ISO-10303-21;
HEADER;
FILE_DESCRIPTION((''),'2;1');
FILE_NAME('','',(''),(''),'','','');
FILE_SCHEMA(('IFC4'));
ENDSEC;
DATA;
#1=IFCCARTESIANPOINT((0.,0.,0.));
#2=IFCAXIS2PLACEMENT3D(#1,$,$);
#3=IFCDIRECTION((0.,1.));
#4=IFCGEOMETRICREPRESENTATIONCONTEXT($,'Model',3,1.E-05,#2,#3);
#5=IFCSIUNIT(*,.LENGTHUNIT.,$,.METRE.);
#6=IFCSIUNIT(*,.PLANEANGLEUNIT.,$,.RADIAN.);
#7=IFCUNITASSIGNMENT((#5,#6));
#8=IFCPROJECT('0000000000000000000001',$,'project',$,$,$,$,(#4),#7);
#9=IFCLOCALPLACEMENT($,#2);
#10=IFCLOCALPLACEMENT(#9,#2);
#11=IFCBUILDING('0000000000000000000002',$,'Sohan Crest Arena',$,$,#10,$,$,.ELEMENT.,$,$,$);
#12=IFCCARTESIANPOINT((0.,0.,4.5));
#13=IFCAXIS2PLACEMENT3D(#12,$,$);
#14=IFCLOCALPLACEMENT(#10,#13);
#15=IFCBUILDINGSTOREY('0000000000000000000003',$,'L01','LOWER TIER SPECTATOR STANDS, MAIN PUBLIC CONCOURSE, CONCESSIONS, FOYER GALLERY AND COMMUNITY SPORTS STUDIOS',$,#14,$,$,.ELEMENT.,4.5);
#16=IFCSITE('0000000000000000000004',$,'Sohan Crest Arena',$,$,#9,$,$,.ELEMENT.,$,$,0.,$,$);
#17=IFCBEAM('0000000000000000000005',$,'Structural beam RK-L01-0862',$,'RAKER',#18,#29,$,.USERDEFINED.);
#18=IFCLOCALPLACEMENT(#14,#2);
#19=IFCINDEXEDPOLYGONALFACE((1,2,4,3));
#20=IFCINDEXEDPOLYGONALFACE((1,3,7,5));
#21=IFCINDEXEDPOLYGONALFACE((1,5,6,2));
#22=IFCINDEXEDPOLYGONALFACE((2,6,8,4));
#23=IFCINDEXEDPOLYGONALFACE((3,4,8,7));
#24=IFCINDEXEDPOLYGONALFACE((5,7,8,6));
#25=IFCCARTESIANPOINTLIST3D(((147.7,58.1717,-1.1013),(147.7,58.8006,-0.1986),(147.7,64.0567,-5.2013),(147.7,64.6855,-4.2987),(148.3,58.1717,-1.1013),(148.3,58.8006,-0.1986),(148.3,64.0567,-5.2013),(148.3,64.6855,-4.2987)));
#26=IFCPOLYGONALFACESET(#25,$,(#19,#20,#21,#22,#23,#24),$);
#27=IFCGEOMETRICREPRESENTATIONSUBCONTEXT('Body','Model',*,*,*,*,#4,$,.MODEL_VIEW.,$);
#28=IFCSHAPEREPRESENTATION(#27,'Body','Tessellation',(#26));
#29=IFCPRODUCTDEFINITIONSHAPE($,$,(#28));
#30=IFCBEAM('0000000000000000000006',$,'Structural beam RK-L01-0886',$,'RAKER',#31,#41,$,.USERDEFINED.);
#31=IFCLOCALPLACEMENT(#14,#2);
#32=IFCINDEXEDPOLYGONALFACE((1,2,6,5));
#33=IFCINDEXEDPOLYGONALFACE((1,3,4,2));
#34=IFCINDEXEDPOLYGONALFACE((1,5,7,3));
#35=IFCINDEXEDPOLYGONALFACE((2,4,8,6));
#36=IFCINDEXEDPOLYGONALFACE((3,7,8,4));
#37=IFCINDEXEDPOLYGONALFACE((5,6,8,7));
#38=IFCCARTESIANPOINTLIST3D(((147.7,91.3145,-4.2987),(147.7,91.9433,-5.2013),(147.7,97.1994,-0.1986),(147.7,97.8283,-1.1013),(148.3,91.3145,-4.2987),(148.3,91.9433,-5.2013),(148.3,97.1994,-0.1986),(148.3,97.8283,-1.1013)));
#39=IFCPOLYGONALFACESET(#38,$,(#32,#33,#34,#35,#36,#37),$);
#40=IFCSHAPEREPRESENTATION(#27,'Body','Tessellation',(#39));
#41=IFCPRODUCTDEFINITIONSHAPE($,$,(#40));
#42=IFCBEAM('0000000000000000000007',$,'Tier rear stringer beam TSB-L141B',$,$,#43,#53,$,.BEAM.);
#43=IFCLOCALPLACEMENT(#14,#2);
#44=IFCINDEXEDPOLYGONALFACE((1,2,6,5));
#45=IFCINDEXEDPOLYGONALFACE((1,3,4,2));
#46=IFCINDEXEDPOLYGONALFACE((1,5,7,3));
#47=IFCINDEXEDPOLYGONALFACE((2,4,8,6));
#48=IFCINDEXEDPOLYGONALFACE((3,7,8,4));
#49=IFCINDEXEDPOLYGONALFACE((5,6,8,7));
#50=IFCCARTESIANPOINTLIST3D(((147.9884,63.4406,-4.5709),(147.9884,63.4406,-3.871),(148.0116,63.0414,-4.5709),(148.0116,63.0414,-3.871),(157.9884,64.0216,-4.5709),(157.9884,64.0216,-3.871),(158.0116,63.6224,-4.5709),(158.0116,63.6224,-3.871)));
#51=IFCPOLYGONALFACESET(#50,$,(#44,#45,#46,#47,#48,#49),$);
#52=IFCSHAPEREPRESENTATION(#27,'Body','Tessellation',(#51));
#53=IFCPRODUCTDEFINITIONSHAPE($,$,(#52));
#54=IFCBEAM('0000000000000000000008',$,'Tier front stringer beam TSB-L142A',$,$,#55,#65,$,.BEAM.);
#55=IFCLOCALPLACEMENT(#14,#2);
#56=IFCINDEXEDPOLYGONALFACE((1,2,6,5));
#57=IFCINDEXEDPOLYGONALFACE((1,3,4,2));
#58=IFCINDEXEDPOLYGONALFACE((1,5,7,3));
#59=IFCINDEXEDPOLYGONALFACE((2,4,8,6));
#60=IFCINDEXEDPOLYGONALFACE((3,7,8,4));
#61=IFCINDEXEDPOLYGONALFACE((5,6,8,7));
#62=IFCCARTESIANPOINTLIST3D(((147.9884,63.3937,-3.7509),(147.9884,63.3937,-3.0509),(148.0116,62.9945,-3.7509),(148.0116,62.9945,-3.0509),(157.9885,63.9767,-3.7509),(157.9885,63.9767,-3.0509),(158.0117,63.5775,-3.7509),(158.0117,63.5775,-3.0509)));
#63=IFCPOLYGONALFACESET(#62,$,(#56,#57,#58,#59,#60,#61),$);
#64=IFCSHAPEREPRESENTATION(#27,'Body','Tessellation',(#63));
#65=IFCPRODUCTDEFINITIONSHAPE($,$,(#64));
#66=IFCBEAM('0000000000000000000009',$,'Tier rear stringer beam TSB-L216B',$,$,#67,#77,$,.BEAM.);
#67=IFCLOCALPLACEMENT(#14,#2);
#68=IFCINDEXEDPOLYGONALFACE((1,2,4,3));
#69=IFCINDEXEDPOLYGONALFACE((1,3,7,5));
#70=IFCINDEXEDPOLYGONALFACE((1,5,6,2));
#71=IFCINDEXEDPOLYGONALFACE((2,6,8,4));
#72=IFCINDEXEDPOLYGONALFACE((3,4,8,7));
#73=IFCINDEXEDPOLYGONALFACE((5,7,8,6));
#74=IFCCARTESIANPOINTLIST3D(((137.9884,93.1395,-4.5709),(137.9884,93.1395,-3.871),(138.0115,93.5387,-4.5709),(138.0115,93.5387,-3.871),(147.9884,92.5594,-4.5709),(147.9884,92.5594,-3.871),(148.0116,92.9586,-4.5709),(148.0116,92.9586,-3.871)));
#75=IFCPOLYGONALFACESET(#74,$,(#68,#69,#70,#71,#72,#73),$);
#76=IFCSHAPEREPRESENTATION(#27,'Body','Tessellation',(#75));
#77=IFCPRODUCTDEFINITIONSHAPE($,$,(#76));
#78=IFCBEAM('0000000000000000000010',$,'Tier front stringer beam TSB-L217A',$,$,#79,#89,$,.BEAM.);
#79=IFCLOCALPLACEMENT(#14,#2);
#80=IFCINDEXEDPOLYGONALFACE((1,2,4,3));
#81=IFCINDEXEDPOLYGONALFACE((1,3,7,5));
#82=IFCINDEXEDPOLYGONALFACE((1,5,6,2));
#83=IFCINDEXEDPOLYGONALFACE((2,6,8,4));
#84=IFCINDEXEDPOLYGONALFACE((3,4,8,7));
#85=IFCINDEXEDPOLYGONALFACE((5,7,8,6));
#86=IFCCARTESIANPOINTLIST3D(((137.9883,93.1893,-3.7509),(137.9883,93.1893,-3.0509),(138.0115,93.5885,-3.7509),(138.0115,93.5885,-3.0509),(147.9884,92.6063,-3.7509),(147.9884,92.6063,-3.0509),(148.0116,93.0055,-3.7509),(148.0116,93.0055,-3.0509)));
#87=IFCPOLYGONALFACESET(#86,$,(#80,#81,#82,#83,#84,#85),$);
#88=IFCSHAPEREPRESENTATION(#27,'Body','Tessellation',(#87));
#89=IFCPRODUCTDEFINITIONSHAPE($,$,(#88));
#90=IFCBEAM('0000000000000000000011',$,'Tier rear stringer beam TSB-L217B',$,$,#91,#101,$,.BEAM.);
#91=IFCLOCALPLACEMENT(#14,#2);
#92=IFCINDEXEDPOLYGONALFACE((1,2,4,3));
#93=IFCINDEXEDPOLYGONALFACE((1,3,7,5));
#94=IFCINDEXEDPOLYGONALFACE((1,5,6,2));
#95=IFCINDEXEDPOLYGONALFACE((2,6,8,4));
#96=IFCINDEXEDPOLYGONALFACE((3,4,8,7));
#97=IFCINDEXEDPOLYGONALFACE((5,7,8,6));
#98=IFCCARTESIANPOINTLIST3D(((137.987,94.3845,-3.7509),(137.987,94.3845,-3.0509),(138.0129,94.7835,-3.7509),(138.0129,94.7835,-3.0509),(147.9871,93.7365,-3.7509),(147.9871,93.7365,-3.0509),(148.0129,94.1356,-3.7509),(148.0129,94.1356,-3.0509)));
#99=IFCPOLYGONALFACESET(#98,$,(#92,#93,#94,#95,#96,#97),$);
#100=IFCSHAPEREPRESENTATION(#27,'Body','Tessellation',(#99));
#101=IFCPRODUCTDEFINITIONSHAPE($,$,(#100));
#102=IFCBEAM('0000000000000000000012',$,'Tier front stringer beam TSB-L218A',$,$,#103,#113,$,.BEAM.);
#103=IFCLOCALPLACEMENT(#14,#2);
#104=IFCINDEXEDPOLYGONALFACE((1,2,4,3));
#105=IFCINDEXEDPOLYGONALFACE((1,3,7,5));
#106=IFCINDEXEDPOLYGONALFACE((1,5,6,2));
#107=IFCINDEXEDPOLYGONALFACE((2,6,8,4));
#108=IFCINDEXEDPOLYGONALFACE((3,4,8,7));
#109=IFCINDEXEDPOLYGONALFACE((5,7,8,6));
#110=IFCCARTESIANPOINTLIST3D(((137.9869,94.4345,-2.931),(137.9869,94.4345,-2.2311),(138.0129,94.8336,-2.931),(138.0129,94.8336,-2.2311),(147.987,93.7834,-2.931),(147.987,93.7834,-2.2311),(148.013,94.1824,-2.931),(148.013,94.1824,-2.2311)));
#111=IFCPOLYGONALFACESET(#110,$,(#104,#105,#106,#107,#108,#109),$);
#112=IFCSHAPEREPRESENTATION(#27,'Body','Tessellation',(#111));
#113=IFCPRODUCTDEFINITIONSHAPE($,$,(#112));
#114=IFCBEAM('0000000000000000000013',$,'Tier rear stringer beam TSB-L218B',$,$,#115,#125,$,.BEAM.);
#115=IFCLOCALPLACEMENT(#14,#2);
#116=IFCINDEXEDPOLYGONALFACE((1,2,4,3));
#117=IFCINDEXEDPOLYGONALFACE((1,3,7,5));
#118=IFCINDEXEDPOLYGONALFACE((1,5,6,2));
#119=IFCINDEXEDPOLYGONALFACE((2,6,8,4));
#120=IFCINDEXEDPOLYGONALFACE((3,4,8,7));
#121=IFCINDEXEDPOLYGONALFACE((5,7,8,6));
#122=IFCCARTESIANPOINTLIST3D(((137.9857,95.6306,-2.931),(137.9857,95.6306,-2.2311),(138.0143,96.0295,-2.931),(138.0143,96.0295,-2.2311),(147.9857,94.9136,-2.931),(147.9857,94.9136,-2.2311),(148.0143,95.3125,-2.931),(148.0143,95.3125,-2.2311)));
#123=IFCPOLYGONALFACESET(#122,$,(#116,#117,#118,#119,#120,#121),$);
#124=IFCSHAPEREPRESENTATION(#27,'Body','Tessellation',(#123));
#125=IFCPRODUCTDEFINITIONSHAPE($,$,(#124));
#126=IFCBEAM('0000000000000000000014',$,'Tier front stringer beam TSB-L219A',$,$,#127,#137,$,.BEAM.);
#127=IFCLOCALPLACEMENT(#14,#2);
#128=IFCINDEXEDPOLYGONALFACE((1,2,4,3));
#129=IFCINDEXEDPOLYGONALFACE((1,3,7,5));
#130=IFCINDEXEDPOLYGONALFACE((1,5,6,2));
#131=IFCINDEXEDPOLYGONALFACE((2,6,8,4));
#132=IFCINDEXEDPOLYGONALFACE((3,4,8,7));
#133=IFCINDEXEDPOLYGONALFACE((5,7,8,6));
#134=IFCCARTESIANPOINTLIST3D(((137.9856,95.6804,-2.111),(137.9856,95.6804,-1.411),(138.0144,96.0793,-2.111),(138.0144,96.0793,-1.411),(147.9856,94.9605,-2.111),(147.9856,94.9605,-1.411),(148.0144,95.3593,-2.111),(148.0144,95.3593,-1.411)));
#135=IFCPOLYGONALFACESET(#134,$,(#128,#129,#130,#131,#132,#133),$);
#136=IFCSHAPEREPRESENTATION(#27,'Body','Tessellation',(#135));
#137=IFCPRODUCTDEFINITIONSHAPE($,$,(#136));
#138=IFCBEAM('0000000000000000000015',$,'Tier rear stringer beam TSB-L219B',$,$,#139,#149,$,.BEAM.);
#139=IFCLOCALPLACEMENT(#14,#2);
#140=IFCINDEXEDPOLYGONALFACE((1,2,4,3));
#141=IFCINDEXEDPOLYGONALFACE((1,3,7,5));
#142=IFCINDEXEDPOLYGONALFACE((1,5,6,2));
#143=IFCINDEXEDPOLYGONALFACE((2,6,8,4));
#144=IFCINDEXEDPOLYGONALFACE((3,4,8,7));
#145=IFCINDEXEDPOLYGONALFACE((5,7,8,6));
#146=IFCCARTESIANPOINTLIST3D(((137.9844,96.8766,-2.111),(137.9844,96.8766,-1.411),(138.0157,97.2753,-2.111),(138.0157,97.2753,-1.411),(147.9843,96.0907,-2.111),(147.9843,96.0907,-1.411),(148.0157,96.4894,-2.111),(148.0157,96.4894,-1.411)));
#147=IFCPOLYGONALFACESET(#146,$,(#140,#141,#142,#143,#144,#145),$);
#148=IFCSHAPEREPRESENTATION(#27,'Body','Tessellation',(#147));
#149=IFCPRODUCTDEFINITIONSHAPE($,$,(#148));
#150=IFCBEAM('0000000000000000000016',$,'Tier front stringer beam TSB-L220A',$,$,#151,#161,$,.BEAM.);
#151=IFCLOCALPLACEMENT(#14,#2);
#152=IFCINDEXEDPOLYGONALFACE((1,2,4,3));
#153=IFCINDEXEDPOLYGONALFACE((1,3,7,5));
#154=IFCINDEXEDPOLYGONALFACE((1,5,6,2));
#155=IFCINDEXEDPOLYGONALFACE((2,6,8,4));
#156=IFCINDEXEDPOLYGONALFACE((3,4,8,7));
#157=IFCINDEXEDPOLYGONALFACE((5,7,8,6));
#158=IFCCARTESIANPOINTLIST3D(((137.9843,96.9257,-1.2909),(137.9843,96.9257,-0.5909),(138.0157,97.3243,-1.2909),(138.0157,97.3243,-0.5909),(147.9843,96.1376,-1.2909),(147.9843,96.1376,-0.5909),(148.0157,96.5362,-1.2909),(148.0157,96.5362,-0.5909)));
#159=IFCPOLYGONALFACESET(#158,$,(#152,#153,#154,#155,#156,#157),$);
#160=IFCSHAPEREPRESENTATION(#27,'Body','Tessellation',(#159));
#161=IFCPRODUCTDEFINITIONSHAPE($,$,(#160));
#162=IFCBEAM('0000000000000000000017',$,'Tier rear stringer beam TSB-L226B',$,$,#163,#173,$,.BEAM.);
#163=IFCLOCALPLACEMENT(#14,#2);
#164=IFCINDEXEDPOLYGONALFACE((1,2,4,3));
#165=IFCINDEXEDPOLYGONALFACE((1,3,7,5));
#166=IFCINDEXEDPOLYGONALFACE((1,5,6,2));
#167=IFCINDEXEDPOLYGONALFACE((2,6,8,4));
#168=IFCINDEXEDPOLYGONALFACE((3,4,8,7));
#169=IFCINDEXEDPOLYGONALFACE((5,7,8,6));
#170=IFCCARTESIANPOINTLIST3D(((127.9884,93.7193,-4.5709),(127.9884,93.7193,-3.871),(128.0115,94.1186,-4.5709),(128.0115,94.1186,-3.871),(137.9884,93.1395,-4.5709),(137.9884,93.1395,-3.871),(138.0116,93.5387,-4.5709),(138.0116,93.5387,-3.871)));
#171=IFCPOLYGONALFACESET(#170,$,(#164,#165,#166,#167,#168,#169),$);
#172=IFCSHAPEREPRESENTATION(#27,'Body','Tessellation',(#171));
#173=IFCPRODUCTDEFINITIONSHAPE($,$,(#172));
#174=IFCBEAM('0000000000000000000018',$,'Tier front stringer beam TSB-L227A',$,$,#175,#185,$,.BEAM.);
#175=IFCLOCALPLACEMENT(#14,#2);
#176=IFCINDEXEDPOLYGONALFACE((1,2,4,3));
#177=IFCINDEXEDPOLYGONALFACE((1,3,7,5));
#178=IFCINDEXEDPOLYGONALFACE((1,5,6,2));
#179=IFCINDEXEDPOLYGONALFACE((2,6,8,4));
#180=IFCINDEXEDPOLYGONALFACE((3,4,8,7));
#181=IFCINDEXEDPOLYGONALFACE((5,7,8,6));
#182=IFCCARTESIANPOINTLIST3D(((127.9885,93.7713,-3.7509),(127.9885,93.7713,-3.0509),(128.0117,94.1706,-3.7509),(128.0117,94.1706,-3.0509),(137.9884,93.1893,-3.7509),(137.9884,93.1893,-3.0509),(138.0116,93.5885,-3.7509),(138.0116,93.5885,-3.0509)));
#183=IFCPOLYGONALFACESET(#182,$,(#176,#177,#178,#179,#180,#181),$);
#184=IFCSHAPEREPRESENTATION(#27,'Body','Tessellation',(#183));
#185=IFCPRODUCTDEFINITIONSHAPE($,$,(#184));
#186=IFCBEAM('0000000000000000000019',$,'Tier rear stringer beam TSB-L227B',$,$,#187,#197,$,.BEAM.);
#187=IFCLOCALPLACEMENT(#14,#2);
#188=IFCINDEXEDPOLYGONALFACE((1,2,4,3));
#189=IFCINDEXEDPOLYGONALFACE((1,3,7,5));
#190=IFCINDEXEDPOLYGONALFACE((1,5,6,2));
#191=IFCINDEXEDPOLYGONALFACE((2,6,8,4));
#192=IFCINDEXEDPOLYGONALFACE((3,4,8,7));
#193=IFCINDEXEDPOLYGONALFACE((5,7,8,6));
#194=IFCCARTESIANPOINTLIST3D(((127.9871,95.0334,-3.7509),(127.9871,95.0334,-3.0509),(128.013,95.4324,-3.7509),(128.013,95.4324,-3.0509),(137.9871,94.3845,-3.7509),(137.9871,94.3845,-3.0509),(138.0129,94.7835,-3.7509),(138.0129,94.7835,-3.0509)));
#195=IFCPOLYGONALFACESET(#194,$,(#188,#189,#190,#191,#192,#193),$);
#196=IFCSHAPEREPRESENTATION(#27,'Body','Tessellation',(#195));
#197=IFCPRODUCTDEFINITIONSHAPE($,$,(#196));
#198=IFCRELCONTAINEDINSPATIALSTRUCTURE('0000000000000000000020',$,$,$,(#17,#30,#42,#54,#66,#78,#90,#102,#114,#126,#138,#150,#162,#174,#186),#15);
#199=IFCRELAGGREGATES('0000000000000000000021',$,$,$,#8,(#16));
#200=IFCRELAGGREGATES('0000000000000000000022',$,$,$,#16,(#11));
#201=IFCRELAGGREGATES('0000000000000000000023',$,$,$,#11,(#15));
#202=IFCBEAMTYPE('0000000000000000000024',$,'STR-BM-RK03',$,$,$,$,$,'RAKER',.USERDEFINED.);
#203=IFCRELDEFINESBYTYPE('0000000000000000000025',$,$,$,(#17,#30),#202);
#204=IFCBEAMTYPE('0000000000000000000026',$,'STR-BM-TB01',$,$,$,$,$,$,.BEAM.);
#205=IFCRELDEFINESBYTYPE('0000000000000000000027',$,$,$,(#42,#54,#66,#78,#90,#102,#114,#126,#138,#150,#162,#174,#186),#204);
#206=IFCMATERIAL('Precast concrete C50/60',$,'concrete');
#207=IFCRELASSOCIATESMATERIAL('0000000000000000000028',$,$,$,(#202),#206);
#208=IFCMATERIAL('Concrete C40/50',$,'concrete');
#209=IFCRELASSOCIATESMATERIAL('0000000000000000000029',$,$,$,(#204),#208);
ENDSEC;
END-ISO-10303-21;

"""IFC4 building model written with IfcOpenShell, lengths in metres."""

from ifc_helpers import new_model, si_unit, direction, frame, origin, origin_2d, place, context, subcontext, project, spatial, rectangle, extrude, material, material_profile, profile_set, type_object, element, save


model = new_model("IFC4")

# Units and contexts
model_context = context("Model", 3, precision=1e-05, world=origin(), true_north=direction((0.0, 1.0)))
body_context = subcontext(model_context, "Body", "Model", "MODEL_VIEW")
ifc_project = project(units=[si_unit("LENGTHUNIT", "METRE"), si_unit("PLANEANGLEUNIT", "RADIAN")], contexts=[model_context])

# Site, building, storey
site_placement = place(None, origin())
site = spatial("IfcSite", under=ifc_project, at=site_placement, Name="Sohan Crest Arena", CompositionType="ELEMENT", RefElevation=0.0)
building_placement = place(site_placement, origin())
building = spatial("IfcBuilding", under=site, at=building_placement, Name="Sohan Crest Arena", CompositionType="ELEMENT")
storey_placement = place(building_placement, frame((0.0, 0.0, 4.5)))
storey = spatial("IfcBuildingStorey", under=building, at=storey_placement, Name="L01", Description="LOWER TIER SPECTATOR STANDS, MAIN PUBLIC CONCOURSE, CONCESSIONS, FOYER GALLERY AND COMMUNITY SPORTS STUDIOS", CompositionType="ELEMENT", Elevation=4.5)

# Shared definitions
ifc_material_1 = material(Name="Concrete C40/50", Category="concrete")

# Beams
ifc_material_2 = material(Name="Precast concrete C50/60", Category="concrete")
ifc_material_profile_1 = material_profile(ifc_material_2, rectangle(XDim=0.6001, YDim=1.1001, at=origin_2d()), Name="RAKER 600x1100")
ifc_profile_set_1 = profile_set([ifc_material_profile_1], Name="Precast concrete C50/60")
beam_type_1 = type_object("IfcBeamType", Name="STR-BM-RK03", ElementType="RAKER", PredefinedType="USERDEFINED", material=ifc_profile_set_1)
for number, where, z_axis, x_axis, name in (
    (1, (148.0, 64.3711, -4.75), (0.0, -0.820501, 0.571645), (1.0, 0.0, 0.0), "Structural beam RK-L01-0862"),
    (2, (148.0, 91.6289, -4.75), (0.0, 0.820501, 0.571645), (-1.0, 0.0, 0.0), "Structural beam RK-L01-0886"),
):
    element("IfcBeam", number, at=place(storey_placement, frame(where, z_axis=z_axis, x_axis=x_axis)), inside=storey, type_object=beam_type_1, Name=name, ObjectType="RAKER", PredefinedType="USERDEFINED", context=body_context, shape_type="SweptSolid", body=[
        extrude(rectangle(XDim=0.6001, YDim=1.1001, at=origin_2d()), origin(), (0.0, 0.0, 1.0), 7.1724),
    ])
ifc_material_profile_2 = material_profile(ifc_material_1, rectangle(XDim=0.3999, YDim=0.7, at=origin_2d()), Name="RC-BM 400x700")
ifc_profile_set_2 = profile_set([ifc_material_profile_2], Name="Concrete C40/50")
beam_type_2 = type_object("IfcBeamType", Name="STR-BM-TB01", PredefinedType="BEAM", material=ifc_profile_set_2)
beam_1_placement = place(storey_placement, frame((148.0, 63.241, -4.2209), z_axis=(0.998316, 0.058008, 0.0), x_axis=(-0.058008, 0.998316, 0.0)))
element("IfcBeam", 3, at=beam_1_placement, inside=storey, type_object=beam_type_2, Name="Tier rear stringer beam TSB-L141B", PredefinedType="BEAM", context=body_context, shape_type="SweptSolid", body=[
    extrude(rectangle(XDim=0.3999, YDim=0.7, at=origin_2d()), origin(), (0.0, 0.0, 1.0), 10.0168),
])
beam_2_placement = place(storey_placement, frame((148.0, 63.1941, -3.4009), z_axis=(0.998305, 0.058202, 0.0), x_axis=(-0.058202, 0.998305, 0.0)))
element("IfcBeam", 4, at=beam_2_placement, inside=storey, type_object=beam_type_2, Name="Tier front stringer beam TSB-L142A", PredefinedType="BEAM", context=body_context, shape_type="SweptSolid", body=[
    extrude(rectangle(XDim=0.3999, YDim=0.7, at=origin_2d()), origin(), (0.0, 0.0, 1.0), 10.0171),
])
beam_3_placement = place(storey_placement, frame((148.0, 92.759, -4.2209), z_axis=(-0.998322, 0.05791, 0.0), x_axis=(-0.05791, -0.998322, 0.0)))
element("IfcBeam", 5, at=beam_3_placement, inside=storey, type_object=beam_type_2, Name="Tier rear stringer beam TSB-L216B", PredefinedType="BEAM", context=body_context, shape_type="SweptSolid", body=[
    extrude(rectangle(XDim=0.3999, YDim=0.7, at=origin_2d()), origin(), (0.0, 0.0, 1.0), 10.0168),
])
beam_4_placement = place(storey_placement, frame((148.0, 92.8059, -3.4009), z_axis=(-0.998305, 0.058202, 0.0), x_axis=(-0.058202, -0.998305, 0.0)))
element("IfcBeam", 6, at=beam_4_placement, inside=storey, type_object=beam_type_2, Name="Tier front stringer beam TSB-L217A", PredefinedType="BEAM", context=body_context, shape_type="SweptSolid", body=[
    extrude(rectangle(XDim=0.3999, YDim=0.7, at=origin_2d()), origin(), (0.0, 0.0, 1.0), 10.0171),
])
beam_5_placement = place(storey_placement, frame((148.0, 93.936, -3.4009), z_axis=(-0.997907, 0.064659, 0.0), x_axis=(-0.064659, -0.997907, 0.0)))
element("IfcBeam", 7, at=beam_5_placement, inside=storey, type_object=beam_type_2, Name="Tier rear stringer beam TSB-L217B", PredefinedType="BEAM", context=body_context, shape_type="SweptSolid", body=[
    extrude(rectangle(XDim=0.3999, YDim=0.7, at=origin_2d()), origin(), (0.0, 0.0, 1.0), 10.021),
])
beam_6_placement = place(storey_placement, frame((148.0, 93.9829, -2.5811), z_axis=(-0.997887, 0.064975, 0.0), x_axis=(-0.064975, -0.997887, 0.0)))
element("IfcBeam", 8, at=beam_6_placement, inside=storey, type_object=beam_type_2, Name="Tier front stringer beam TSB-L218A", PredefinedType="BEAM", context=body_context, shape_type="SweptSolid", body=[
    extrude(rectangle(XDim=0.3999, YDim=0.7, at=origin_2d()), origin(), (0.0, 0.0, 1.0), 10.0212),
])
beam_7_placement = place(storey_placement, frame((148.0, 95.113, -2.5811), z_axis=(-0.997439, 0.07152, 0.0), x_axis=(-0.07152, -0.997439, 0.0)))
element("IfcBeam", 9, at=beam_7_placement, inside=storey, type_object=beam_type_2, Name="Tier rear stringer beam TSB-L218B", PredefinedType="BEAM", context=body_context, shape_type="SweptSolid", body=[
    extrude(rectangle(XDim=0.3999, YDim=0.7, at=origin_2d()), origin(), (0.0, 0.0, 1.0), 10.0256),
])
beam_8_placement = place(storey_placement, frame((148.0, 95.1599, -1.761), z_axis=(-0.997418, 0.071811, 0.0), x_axis=(-0.071811, -0.997418, 0.0)))
element("IfcBeam", 10, at=beam_8_placement, inside=storey, type_object=beam_type_2, Name="Tier front stringer beam TSB-L219A", PredefinedType="BEAM", context=body_context, shape_type="SweptSolid", body=[
    extrude(rectangle(XDim=0.3999, YDim=0.7, at=origin_2d()), origin(), (0.0, 0.0, 1.0), 10.0259),
])
beam_9_placement = place(storey_placement, frame((148.0, 96.29, -1.761), z_axis=(-0.996926, 0.078347, 0.0), x_axis=(-0.078347, -0.996926, 0.0)))
element("IfcBeam", 11, at=beam_9_placement, inside=storey, type_object=beam_type_2, Name="Tier rear stringer beam TSB-L219B", PredefinedType="BEAM", context=body_context, shape_type="SweptSolid", body=[
    extrude(rectangle(XDim=0.3999, YDim=0.7, at=origin_2d()), origin(), (0.0, 0.0, 1.0), 10.0308),
])
beam_10_placement = place(storey_placement, frame((148.0, 96.3369, -0.9409), z_axis=(-0.996909, 0.078565, 0.0), x_axis=(-0.078565, -0.996909, 0.0)))
element("IfcBeam", 12, at=beam_10_placement, inside=storey, type_object=beam_type_2, Name="Tier front stringer beam TSB-L220A", PredefinedType="BEAM", context=body_context, shape_type="SweptSolid", body=[
    extrude(rectangle(XDim=0.3999, YDim=0.7, at=origin_2d()), origin(), (0.0, 0.0, 1.0), 10.031),
])
for number, where, z_axis, x_axis, name in (
    (13, (138.0, 93.3391, -4.2209), (-0.998323, 0.057886, 0.0), (-0.057886, -0.998323, 0.0), "Tier rear stringer beam TSB-L226B"),
    (14, (138.0, 93.3889, -3.4009), (-0.99831, 0.058105, 0.0), (-0.058105, -0.99831, 0.0), "Tier front stringer beam TSB-L227A"),
):
    element("IfcBeam", number, at=place(storey_placement, frame(where, z_axis=z_axis, x_axis=x_axis)), inside=storey, type_object=beam_type_2, Name=name, PredefinedType="BEAM", context=body_context, shape_type="SweptSolid", body=[
        extrude(rectangle(XDim=0.3999, YDim=0.7, at=origin_2d()), origin(), (0.0, 0.0, 1.0), 10.0168),
    ])
beam_11_placement = place(storey_placement, frame((138.0, 94.584, -3.4009), z_axis=(-0.997901, 0.064756, 0.0), x_axis=(-0.064756, -0.997901, 0.0)))
element("IfcBeam", 15, at=beam_11_placement, inside=storey, type_object=beam_type_2, Name="Tier rear stringer beam TSB-L227B", PredefinedType="BEAM", context=body_context, shape_type="SweptSolid", body=[
    extrude(rectangle(XDim=0.3999, YDim=0.7, at=origin_2d()), origin(), (0.0, 0.0, 1.0), 10.021),
])

save(model, "model.ifc")
